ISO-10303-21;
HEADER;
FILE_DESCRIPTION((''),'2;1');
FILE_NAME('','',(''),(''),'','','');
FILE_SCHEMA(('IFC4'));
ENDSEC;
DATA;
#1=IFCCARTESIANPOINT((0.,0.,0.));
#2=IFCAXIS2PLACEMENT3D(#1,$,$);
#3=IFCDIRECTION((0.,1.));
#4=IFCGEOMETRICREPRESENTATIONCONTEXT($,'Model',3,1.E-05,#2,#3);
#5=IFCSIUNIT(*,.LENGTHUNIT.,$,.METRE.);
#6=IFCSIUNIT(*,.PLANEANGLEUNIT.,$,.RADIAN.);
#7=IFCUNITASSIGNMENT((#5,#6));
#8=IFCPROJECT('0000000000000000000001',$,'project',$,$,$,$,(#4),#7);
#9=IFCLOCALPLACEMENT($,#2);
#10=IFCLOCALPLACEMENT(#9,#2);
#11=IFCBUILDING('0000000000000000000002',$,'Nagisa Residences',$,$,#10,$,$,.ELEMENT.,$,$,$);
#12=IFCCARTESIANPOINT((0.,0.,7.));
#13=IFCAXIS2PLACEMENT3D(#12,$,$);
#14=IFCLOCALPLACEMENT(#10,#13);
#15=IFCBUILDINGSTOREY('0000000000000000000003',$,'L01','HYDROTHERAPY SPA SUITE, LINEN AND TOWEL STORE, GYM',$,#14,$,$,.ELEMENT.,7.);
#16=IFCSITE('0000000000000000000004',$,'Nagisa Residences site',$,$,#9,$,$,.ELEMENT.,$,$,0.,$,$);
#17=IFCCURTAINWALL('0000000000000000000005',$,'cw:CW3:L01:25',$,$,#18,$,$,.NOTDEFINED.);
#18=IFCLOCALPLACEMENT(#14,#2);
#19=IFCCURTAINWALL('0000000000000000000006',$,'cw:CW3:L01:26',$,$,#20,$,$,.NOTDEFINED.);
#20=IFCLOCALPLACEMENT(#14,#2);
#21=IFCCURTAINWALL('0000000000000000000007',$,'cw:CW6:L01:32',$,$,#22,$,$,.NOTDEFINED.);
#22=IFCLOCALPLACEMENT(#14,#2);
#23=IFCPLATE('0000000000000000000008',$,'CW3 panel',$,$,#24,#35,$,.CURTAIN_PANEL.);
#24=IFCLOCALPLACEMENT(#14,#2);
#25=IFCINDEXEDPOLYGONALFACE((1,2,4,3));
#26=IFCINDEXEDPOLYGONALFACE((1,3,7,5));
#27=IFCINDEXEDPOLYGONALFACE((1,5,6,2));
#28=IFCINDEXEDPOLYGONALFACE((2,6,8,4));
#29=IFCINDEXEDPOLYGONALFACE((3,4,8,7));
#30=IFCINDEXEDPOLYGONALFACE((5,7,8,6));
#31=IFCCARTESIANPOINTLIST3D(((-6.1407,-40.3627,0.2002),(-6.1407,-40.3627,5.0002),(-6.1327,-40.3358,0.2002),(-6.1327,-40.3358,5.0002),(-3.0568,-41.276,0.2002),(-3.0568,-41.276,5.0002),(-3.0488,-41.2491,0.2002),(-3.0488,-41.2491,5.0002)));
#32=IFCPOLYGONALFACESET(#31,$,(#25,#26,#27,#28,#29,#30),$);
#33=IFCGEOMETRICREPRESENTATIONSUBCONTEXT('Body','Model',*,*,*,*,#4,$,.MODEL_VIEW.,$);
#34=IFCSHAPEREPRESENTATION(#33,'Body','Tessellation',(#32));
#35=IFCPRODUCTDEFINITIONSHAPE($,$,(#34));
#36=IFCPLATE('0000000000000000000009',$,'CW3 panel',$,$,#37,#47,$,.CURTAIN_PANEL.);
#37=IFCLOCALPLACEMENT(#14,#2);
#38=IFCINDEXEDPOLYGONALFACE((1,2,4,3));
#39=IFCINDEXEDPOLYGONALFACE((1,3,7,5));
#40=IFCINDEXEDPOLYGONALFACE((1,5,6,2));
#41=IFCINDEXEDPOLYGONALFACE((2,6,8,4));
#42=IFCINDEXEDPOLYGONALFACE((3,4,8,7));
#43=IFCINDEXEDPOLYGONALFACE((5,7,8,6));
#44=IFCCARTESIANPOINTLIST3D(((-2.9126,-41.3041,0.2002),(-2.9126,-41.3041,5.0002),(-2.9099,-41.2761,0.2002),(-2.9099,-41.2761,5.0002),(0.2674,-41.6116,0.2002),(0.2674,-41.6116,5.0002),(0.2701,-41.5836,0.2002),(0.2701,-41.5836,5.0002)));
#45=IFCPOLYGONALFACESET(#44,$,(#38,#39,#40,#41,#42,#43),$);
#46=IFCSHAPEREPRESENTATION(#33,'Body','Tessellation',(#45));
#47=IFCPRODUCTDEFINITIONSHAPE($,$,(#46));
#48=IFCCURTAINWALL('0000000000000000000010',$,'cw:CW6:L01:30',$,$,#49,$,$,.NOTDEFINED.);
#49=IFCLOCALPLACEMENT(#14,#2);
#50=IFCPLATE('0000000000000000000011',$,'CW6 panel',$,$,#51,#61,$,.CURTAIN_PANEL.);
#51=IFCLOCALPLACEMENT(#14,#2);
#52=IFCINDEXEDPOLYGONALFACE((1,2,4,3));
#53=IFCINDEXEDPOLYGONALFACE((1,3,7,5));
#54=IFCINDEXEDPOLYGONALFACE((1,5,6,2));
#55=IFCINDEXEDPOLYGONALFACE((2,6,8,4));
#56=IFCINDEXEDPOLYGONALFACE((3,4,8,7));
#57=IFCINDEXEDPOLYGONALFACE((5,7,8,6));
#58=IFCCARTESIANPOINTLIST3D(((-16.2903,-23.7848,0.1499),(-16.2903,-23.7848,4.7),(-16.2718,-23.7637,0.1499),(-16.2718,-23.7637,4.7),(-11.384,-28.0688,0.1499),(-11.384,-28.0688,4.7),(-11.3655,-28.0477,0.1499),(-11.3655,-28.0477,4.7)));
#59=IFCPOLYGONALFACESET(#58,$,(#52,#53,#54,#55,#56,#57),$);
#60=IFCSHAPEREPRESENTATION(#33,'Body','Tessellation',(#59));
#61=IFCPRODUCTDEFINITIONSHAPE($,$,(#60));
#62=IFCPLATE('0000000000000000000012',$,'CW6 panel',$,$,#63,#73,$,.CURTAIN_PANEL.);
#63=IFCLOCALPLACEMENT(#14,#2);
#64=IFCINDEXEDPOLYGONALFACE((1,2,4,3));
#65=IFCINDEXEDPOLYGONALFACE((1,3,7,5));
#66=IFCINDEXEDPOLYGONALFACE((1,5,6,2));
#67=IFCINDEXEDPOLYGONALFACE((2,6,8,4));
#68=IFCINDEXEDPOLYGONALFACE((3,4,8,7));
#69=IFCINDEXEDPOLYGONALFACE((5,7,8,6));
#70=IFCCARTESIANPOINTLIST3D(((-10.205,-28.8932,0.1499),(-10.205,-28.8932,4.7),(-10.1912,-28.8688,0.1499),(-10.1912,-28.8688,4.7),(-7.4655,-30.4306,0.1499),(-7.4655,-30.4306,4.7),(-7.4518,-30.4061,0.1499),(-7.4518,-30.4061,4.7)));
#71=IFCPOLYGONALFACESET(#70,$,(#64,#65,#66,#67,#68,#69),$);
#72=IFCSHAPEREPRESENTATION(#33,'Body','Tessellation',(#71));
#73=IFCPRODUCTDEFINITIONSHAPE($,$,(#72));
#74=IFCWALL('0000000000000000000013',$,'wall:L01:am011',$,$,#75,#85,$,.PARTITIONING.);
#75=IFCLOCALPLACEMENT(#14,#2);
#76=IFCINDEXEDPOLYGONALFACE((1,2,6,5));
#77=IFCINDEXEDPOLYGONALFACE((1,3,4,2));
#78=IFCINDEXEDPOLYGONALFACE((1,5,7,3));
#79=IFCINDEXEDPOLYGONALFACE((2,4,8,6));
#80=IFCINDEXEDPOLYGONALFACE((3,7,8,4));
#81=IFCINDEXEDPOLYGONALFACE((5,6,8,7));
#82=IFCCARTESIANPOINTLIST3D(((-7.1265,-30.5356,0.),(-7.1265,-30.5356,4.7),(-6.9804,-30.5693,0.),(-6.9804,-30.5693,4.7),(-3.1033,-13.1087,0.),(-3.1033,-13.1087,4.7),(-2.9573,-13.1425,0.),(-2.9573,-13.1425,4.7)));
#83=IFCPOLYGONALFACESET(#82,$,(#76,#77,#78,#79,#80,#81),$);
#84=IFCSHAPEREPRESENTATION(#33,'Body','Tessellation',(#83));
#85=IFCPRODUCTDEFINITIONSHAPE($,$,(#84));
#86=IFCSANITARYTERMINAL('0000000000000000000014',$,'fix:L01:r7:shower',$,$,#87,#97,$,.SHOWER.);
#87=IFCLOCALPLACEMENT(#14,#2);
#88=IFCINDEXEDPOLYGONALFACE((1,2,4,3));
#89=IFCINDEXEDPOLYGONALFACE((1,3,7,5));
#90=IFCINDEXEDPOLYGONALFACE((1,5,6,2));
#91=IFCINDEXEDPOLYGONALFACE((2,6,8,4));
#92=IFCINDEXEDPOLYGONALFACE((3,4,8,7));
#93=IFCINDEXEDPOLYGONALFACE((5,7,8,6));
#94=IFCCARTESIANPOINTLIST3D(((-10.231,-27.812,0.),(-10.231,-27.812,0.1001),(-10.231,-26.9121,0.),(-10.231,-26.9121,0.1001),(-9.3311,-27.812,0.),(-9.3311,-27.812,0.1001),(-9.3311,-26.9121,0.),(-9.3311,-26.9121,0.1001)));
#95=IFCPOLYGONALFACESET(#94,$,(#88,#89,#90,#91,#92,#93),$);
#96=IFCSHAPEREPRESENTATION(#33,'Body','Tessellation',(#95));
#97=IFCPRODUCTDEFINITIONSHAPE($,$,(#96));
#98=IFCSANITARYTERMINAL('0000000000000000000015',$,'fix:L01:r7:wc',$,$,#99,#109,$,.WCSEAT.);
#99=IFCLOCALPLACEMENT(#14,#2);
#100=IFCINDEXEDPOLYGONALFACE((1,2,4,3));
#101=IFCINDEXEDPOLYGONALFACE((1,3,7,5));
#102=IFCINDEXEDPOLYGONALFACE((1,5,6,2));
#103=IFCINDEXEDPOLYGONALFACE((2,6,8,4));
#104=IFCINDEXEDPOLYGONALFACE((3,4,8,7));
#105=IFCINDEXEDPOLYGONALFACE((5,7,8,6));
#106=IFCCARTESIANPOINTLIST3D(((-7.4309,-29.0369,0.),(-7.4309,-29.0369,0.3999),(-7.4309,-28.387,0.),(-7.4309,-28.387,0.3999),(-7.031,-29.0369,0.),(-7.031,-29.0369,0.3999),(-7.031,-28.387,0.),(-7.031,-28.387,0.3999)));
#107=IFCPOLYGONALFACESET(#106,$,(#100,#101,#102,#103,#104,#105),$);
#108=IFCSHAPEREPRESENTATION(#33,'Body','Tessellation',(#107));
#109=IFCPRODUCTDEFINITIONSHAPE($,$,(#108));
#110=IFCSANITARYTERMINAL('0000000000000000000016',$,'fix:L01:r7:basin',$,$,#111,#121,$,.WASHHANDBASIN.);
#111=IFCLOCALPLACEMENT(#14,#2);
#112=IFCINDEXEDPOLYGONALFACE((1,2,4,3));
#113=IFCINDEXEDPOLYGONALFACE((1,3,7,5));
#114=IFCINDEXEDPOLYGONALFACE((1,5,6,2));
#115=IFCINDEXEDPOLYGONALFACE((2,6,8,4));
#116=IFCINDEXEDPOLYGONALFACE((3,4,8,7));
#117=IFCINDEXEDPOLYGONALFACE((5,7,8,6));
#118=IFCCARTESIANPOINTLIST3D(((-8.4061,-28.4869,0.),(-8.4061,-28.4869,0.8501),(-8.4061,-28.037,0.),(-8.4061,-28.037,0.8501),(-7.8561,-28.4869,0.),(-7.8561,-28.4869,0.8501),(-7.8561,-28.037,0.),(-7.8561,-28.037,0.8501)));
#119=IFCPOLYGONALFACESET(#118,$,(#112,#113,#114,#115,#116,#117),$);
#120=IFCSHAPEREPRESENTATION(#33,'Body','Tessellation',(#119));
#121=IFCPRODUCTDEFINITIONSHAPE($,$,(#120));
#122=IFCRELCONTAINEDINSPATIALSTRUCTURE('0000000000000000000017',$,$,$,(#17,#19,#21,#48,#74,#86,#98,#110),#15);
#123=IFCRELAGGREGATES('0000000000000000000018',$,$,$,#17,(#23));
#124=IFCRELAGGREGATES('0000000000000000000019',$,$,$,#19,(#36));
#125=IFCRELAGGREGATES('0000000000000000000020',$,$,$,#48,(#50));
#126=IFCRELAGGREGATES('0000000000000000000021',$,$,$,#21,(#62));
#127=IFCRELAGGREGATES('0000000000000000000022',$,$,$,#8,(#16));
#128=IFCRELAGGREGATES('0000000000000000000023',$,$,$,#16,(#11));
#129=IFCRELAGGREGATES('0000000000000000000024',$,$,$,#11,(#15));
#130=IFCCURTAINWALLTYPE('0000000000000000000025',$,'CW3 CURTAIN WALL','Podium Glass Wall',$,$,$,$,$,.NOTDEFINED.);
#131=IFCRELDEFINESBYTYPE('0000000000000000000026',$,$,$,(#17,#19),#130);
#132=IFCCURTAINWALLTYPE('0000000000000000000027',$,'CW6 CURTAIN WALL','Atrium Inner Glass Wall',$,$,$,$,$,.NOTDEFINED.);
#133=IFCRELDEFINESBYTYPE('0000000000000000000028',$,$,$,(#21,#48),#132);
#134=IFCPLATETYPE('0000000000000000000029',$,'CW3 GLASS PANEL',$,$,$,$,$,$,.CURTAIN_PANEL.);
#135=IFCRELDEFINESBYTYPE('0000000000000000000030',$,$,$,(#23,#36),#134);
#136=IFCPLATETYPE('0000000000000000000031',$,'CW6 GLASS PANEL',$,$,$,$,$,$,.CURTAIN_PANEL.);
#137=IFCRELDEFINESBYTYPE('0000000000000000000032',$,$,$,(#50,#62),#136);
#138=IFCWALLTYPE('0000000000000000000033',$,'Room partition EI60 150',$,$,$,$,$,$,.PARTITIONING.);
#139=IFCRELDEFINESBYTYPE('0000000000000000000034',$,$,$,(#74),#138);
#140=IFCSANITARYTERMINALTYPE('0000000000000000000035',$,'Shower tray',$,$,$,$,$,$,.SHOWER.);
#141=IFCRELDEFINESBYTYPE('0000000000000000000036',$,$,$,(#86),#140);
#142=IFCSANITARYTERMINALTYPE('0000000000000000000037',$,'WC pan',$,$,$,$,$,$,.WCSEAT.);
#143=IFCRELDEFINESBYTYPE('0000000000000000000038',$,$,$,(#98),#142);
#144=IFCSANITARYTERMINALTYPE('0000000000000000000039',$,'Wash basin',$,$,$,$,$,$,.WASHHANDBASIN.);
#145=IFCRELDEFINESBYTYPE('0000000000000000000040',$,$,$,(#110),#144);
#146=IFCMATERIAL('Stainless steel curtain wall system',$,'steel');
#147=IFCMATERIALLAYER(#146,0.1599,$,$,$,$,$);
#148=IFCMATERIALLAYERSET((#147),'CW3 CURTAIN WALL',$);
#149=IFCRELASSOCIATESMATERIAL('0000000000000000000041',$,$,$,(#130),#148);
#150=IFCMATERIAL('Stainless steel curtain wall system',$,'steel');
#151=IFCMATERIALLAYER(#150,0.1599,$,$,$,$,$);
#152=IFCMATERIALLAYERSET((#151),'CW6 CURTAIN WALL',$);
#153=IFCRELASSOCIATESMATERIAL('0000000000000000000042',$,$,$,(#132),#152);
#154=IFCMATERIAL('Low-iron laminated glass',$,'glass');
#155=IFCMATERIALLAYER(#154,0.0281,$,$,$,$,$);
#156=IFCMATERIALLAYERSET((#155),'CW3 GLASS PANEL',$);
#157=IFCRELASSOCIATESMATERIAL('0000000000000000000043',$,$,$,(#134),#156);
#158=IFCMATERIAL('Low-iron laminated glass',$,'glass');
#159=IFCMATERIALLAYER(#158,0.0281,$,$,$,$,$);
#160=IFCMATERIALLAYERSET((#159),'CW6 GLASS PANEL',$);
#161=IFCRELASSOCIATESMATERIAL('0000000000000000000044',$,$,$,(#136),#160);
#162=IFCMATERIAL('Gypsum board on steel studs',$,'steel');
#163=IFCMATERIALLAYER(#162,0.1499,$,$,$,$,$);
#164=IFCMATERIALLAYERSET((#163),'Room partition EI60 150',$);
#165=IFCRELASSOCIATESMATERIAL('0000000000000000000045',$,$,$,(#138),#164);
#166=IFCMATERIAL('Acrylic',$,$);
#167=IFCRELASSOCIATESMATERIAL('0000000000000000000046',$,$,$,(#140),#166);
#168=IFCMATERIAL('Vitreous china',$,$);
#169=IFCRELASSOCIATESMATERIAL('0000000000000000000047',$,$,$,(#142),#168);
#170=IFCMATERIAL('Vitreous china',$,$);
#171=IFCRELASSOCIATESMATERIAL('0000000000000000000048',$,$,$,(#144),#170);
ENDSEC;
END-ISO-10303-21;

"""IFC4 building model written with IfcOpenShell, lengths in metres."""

from ifc_helpers import new_model, si_unit, direction, frame, frame_2d, origin, origin_2d, place, context, subcontext, project, spatial, rectangle, extrude, material, layer, layer_set, type_object, element, aggregate, save


model = new_model("IFC4")

# Units and contexts
model_context = context("Model", 3, precision=1e-05, world=origin(), true_north=direction((0.0, 1.0)))
body_context = subcontext(model_context, "Body", "Model", "MODEL_VIEW")
ifc_project = project(units=[si_unit("LENGTHUNIT", "METRE"), si_unit("PLANEANGLEUNIT", "RADIAN")], contexts=[model_context])

# Site, building, storey
site_placement = place(None, origin())
site = spatial("IfcSite", under=ifc_project, at=site_placement, Name="Nagisa Residences site", CompositionType="ELEMENT", RefElevation=0.0)
building_placement = place(site_placement, origin())
building = spatial("IfcBuilding", under=site, at=building_placement, Name="Nagisa Residences", CompositionType="ELEMENT")
storey_placement = place(building_placement, frame((0.0, 0.0, 7.0)))
storey = spatial("IfcBuildingStorey", under=building, at=storey_placement, Name="L01", Description="HYDROTHERAPY SPA SUITE, LINEN AND TOWEL STORE, GYM", CompositionType="ELEMENT", Elevation=7.0)

# Curtain wall
ifc_material_1 = material(Name="Stainless steel curtain wall system", Category="steel")
ifc_layer_1 = layer(ifc_material_1, 0.1599)
ifc_layer_set_1 = layer_set([ifc_layer_1], Name="CW3 CURTAIN WALL")
curtain_wall_type_1 = type_object("IfcCurtainWallType", Name="CW3 CURTAIN WALL", Description="Podium Glass Wall", PredefinedType="NOTDEFINED", material=ifc_layer_set_1)
curtain_wall_1_placement = place(storey_placement, origin())
curtain_wall_1 = element("IfcCurtainWall", 1, at=curtain_wall_1_placement, inside=storey, type_object=curtain_wall_type_1, Name="cw:CW3:L01:25", PredefinedType="NOTDEFINED")

# Curtain wall
curtain_wall_2_placement = place(storey_placement, origin())
curtain_wall_2 = element("IfcCurtainWall", 2, at=curtain_wall_2_placement, inside=storey, type_object=curtain_wall_type_1, Name="cw:CW3:L01:26", PredefinedType="NOTDEFINED")

# Curtain wall
ifc_material_2 = material(Name="Stainless steel curtain wall system", Category="steel")
ifc_layer_2 = layer(ifc_material_2, 0.1599)
ifc_layer_set_2 = layer_set([ifc_layer_2], Name="CW6 CURTAIN WALL")
curtain_wall_type_2 = type_object("IfcCurtainWallType", Name="CW6 CURTAIN WALL", Description="Atrium Inner Glass Wall", PredefinedType="NOTDEFINED", material=ifc_layer_set_2)
curtain_wall_3_placement = place(storey_placement, origin())
curtain_wall_3 = element("IfcCurtainWall", 3, at=curtain_wall_3_placement, inside=storey, type_object=curtain_wall_type_2, Name="cw:CW6:L01:32", PredefinedType="NOTDEFINED")

# Plates
ifc_material_3 = material(Name="Low-iron laminated glass", Category="glass")
ifc_layer_3 = layer(ifc_material_3, 0.0281)
ifc_layer_set_3 = layer_set([ifc_layer_3], Name="CW3 GLASS PANEL")
plate_type_1 = type_object("IfcPlateType", Name="CW3 GLASS PANEL", PredefinedType="CURTAIN_PANEL", material=ifc_layer_set_3)
plate_1_placement = place(storey_placement, frame((-4.5947, -40.8059, 0.2002), z_axis=(0.0, 0.0, 1.0), x_axis=(0.958835, -0.283963, 0.0)))
plate_1 = element("IfcPlate", 4, at=plate_1_placement, type_object=plate_type_1, Name="CW3 panel", PredefinedType="CURTAIN_PANEL", context=body_context, shape_type="SweptSolid", body=[
    extrude(rectangle(XDim=3.2163, YDim=0.0281, at=origin_2d()), origin(), (0.0, 0.0, 1.0), 4.8),
])
aggregate(curtain_wall_1, [plate_1])
plate_2_placement = place(storey_placement, frame((-1.3213, -41.4438, 0.2002), z_axis=(0.0, 0.0, 1.0), x_axis=(0.995357, -0.096249, 0.0)))
plate_2 = element("IfcPlate", 5, at=plate_2_placement, type_object=plate_type_1, Name="CW3 panel", PredefinedType="CURTAIN_PANEL", context=body_context, shape_type="SweptSolid", body=[
    extrude(rectangle(XDim=3.1948, YDim=0.0281, at=origin_2d()), origin(), (0.0, 0.0, 1.0), 4.8),
])
aggregate(curtain_wall_2, [plate_2])

# Curtain wall, plate
curtain_wall_4_placement = place(storey_placement, origin())
curtain_wall_4 = element("IfcCurtainWall", 6, at=curtain_wall_4_placement, inside=storey, type_object=curtain_wall_type_2, Name="cw:CW6:L01:30", PredefinedType="NOTDEFINED")
ifc_material_4 = material(Name="Low-iron laminated glass", Category="glass")
ifc_layer_4 = layer(ifc_material_4, 0.0281)
ifc_layer_set_4 = layer_set([ifc_layer_4], Name="CW6 GLASS PANEL")
plate_type_2 = type_object("IfcPlateType", Name="CW6 GLASS PANEL", PredefinedType="CURTAIN_PANEL", material=ifc_layer_set_4)
plate_3_placement = place(storey_placement, frame((-13.8279, -25.9163, 0.1499), z_axis=(0.0, 0.0, 1.0), x_axis=(0.753261, -0.657721, 0.0)))
plate_3 = element("IfcPlate", 7, at=plate_3_placement, type_object=plate_type_2, Name="CW6 panel", PredefinedType="CURTAIN_PANEL", context=body_context, shape_type="SweptSolid", body=[
    extrude(rectangle(XDim=6.5134, YDim=0.0281, at=origin_2d()), origin(), (0.0, 0.0, 1.0), 4.55),
])
aggregate(curtain_wall_4, [plate_3])

# Plate
plate_4_placement = place(storey_placement, frame((-8.8284, -29.6497, 0.1499), z_axis=(0.0, 0.0, 1.0), x_axis=(0.872072, -0.489377, 0.0)))
plate_4 = element("IfcPlate", 8, at=plate_4_placement, type_object=plate_type_2, Name="CW6 panel", PredefinedType="CURTAIN_PANEL", context=body_context, shape_type="SweptSolid", body=[
    extrude(rectangle(XDim=3.1414, YDim=0.0281, at=origin_2d()), origin(), (0.0, 0.0, 1.0), 4.55),
])
aggregate(curtain_wall_3, [plate_4])

# Wall
ifc_material_5 = material(Name="Gypsum board on steel studs", Category="steel")
ifc_layer_5 = layer(ifc_material_5, 0.1499)
ifc_layer_set_5 = layer_set([ifc_layer_5], Name="Room partition EI60 150")
wall_type = type_object("IfcWallType", Name="Room partition EI60 150", PredefinedType="PARTITIONING", material=ifc_layer_set_5)
wall_placement = place(storey_placement, frame((-7.0535, -30.5525, 0.0), z_axis=(0.0, 0.0, 1.0), x_axis=(0.224943, 0.974372, 0.0)))
element("IfcWall", 9, at=wall_placement, inside=storey, type_object=wall_type, Name="wall:L01:am011", PredefinedType="PARTITIONING", context=body_context, shape_type="SweptSolid", body=[
    extrude(rectangle(XDim=17.8853, YDim=0.1499, at=frame_2d((8.9426, 0.0))), origin(), (0.0, 0.0, 1.0), 4.7),
])

# Sanitary terminals
ifc_material_6 = material(Name="Acrylic")
sanitary_terminal_type_1 = type_object("IfcSanitaryTerminalType", Name="Shower tray", PredefinedType="SHOWER", material=ifc_material_6)
sanitary_terminal_1_placement = place(storey_placement, frame((-9.781, -27.3621, 0.0), z_axis=(0.0, 0.0, 1.0), x_axis=(1.0, 0.0, 0.0)))
element("IfcSanitaryTerminal", 10, at=sanitary_terminal_1_placement, inside=storey, type_object=sanitary_terminal_type_1, Name="fix:L01:r7:shower", PredefinedType="SHOWER", context=body_context, shape_type="SweptSolid", body=[
    extrude(rectangle(XDim=0.8999, YDim=0.8999, at=origin_2d()), origin(), (0.0, 0.0, 1.0), 0.1001),
])
ifc_material_7 = material(Name="Vitreous china")
sanitary_terminal_type_2 = type_object("IfcSanitaryTerminalType", Name="WC pan", PredefinedType="WCSEAT", material=ifc_material_7)
sanitary_terminal_2_placement = place(storey_placement, frame((-7.231, -28.7119, 0.0), z_axis=(0.0, 0.0, 1.0), x_axis=(1.0, 0.0, 0.0)))
element("IfcSanitaryTerminal", 11, at=sanitary_terminal_2_placement, inside=storey, type_object=sanitary_terminal_type_2, Name="fix:L01:r7:wc", PredefinedType="WCSEAT", context=body_context, shape_type="SweptSolid", body=[
    extrude(rectangle(XDim=0.3999, YDim=0.6499, at=origin_2d()), origin(), (0.0, 0.0, 1.0), 0.3999),
])
ifc_material_8 = material(Name="Vitreous china")
sanitary_terminal_type_3 = type_object("IfcSanitaryTerminalType", Name="Wash basin", PredefinedType="WASHHANDBASIN", material=ifc_material_8)
sanitary_terminal_3_placement = place(storey_placement, frame((-8.1311, -28.262, 0.0), z_axis=(0.0, 0.0, 1.0), x_axis=(1.0, 0.0, 0.0)))
element("IfcSanitaryTerminal", 12, at=sanitary_terminal_3_placement, inside=storey, type_object=sanitary_terminal_type_3, Name="fix:L01:r7:basin", PredefinedType="WASHHANDBASIN", context=body_context, shape_type="SweptSolid", body=[
    extrude(rectangle(XDim=0.55, YDim=0.45, at=origin_2d()), origin(), (0.0, 0.0, 1.0), 0.8501),
])

save(model, "model.ifc")
